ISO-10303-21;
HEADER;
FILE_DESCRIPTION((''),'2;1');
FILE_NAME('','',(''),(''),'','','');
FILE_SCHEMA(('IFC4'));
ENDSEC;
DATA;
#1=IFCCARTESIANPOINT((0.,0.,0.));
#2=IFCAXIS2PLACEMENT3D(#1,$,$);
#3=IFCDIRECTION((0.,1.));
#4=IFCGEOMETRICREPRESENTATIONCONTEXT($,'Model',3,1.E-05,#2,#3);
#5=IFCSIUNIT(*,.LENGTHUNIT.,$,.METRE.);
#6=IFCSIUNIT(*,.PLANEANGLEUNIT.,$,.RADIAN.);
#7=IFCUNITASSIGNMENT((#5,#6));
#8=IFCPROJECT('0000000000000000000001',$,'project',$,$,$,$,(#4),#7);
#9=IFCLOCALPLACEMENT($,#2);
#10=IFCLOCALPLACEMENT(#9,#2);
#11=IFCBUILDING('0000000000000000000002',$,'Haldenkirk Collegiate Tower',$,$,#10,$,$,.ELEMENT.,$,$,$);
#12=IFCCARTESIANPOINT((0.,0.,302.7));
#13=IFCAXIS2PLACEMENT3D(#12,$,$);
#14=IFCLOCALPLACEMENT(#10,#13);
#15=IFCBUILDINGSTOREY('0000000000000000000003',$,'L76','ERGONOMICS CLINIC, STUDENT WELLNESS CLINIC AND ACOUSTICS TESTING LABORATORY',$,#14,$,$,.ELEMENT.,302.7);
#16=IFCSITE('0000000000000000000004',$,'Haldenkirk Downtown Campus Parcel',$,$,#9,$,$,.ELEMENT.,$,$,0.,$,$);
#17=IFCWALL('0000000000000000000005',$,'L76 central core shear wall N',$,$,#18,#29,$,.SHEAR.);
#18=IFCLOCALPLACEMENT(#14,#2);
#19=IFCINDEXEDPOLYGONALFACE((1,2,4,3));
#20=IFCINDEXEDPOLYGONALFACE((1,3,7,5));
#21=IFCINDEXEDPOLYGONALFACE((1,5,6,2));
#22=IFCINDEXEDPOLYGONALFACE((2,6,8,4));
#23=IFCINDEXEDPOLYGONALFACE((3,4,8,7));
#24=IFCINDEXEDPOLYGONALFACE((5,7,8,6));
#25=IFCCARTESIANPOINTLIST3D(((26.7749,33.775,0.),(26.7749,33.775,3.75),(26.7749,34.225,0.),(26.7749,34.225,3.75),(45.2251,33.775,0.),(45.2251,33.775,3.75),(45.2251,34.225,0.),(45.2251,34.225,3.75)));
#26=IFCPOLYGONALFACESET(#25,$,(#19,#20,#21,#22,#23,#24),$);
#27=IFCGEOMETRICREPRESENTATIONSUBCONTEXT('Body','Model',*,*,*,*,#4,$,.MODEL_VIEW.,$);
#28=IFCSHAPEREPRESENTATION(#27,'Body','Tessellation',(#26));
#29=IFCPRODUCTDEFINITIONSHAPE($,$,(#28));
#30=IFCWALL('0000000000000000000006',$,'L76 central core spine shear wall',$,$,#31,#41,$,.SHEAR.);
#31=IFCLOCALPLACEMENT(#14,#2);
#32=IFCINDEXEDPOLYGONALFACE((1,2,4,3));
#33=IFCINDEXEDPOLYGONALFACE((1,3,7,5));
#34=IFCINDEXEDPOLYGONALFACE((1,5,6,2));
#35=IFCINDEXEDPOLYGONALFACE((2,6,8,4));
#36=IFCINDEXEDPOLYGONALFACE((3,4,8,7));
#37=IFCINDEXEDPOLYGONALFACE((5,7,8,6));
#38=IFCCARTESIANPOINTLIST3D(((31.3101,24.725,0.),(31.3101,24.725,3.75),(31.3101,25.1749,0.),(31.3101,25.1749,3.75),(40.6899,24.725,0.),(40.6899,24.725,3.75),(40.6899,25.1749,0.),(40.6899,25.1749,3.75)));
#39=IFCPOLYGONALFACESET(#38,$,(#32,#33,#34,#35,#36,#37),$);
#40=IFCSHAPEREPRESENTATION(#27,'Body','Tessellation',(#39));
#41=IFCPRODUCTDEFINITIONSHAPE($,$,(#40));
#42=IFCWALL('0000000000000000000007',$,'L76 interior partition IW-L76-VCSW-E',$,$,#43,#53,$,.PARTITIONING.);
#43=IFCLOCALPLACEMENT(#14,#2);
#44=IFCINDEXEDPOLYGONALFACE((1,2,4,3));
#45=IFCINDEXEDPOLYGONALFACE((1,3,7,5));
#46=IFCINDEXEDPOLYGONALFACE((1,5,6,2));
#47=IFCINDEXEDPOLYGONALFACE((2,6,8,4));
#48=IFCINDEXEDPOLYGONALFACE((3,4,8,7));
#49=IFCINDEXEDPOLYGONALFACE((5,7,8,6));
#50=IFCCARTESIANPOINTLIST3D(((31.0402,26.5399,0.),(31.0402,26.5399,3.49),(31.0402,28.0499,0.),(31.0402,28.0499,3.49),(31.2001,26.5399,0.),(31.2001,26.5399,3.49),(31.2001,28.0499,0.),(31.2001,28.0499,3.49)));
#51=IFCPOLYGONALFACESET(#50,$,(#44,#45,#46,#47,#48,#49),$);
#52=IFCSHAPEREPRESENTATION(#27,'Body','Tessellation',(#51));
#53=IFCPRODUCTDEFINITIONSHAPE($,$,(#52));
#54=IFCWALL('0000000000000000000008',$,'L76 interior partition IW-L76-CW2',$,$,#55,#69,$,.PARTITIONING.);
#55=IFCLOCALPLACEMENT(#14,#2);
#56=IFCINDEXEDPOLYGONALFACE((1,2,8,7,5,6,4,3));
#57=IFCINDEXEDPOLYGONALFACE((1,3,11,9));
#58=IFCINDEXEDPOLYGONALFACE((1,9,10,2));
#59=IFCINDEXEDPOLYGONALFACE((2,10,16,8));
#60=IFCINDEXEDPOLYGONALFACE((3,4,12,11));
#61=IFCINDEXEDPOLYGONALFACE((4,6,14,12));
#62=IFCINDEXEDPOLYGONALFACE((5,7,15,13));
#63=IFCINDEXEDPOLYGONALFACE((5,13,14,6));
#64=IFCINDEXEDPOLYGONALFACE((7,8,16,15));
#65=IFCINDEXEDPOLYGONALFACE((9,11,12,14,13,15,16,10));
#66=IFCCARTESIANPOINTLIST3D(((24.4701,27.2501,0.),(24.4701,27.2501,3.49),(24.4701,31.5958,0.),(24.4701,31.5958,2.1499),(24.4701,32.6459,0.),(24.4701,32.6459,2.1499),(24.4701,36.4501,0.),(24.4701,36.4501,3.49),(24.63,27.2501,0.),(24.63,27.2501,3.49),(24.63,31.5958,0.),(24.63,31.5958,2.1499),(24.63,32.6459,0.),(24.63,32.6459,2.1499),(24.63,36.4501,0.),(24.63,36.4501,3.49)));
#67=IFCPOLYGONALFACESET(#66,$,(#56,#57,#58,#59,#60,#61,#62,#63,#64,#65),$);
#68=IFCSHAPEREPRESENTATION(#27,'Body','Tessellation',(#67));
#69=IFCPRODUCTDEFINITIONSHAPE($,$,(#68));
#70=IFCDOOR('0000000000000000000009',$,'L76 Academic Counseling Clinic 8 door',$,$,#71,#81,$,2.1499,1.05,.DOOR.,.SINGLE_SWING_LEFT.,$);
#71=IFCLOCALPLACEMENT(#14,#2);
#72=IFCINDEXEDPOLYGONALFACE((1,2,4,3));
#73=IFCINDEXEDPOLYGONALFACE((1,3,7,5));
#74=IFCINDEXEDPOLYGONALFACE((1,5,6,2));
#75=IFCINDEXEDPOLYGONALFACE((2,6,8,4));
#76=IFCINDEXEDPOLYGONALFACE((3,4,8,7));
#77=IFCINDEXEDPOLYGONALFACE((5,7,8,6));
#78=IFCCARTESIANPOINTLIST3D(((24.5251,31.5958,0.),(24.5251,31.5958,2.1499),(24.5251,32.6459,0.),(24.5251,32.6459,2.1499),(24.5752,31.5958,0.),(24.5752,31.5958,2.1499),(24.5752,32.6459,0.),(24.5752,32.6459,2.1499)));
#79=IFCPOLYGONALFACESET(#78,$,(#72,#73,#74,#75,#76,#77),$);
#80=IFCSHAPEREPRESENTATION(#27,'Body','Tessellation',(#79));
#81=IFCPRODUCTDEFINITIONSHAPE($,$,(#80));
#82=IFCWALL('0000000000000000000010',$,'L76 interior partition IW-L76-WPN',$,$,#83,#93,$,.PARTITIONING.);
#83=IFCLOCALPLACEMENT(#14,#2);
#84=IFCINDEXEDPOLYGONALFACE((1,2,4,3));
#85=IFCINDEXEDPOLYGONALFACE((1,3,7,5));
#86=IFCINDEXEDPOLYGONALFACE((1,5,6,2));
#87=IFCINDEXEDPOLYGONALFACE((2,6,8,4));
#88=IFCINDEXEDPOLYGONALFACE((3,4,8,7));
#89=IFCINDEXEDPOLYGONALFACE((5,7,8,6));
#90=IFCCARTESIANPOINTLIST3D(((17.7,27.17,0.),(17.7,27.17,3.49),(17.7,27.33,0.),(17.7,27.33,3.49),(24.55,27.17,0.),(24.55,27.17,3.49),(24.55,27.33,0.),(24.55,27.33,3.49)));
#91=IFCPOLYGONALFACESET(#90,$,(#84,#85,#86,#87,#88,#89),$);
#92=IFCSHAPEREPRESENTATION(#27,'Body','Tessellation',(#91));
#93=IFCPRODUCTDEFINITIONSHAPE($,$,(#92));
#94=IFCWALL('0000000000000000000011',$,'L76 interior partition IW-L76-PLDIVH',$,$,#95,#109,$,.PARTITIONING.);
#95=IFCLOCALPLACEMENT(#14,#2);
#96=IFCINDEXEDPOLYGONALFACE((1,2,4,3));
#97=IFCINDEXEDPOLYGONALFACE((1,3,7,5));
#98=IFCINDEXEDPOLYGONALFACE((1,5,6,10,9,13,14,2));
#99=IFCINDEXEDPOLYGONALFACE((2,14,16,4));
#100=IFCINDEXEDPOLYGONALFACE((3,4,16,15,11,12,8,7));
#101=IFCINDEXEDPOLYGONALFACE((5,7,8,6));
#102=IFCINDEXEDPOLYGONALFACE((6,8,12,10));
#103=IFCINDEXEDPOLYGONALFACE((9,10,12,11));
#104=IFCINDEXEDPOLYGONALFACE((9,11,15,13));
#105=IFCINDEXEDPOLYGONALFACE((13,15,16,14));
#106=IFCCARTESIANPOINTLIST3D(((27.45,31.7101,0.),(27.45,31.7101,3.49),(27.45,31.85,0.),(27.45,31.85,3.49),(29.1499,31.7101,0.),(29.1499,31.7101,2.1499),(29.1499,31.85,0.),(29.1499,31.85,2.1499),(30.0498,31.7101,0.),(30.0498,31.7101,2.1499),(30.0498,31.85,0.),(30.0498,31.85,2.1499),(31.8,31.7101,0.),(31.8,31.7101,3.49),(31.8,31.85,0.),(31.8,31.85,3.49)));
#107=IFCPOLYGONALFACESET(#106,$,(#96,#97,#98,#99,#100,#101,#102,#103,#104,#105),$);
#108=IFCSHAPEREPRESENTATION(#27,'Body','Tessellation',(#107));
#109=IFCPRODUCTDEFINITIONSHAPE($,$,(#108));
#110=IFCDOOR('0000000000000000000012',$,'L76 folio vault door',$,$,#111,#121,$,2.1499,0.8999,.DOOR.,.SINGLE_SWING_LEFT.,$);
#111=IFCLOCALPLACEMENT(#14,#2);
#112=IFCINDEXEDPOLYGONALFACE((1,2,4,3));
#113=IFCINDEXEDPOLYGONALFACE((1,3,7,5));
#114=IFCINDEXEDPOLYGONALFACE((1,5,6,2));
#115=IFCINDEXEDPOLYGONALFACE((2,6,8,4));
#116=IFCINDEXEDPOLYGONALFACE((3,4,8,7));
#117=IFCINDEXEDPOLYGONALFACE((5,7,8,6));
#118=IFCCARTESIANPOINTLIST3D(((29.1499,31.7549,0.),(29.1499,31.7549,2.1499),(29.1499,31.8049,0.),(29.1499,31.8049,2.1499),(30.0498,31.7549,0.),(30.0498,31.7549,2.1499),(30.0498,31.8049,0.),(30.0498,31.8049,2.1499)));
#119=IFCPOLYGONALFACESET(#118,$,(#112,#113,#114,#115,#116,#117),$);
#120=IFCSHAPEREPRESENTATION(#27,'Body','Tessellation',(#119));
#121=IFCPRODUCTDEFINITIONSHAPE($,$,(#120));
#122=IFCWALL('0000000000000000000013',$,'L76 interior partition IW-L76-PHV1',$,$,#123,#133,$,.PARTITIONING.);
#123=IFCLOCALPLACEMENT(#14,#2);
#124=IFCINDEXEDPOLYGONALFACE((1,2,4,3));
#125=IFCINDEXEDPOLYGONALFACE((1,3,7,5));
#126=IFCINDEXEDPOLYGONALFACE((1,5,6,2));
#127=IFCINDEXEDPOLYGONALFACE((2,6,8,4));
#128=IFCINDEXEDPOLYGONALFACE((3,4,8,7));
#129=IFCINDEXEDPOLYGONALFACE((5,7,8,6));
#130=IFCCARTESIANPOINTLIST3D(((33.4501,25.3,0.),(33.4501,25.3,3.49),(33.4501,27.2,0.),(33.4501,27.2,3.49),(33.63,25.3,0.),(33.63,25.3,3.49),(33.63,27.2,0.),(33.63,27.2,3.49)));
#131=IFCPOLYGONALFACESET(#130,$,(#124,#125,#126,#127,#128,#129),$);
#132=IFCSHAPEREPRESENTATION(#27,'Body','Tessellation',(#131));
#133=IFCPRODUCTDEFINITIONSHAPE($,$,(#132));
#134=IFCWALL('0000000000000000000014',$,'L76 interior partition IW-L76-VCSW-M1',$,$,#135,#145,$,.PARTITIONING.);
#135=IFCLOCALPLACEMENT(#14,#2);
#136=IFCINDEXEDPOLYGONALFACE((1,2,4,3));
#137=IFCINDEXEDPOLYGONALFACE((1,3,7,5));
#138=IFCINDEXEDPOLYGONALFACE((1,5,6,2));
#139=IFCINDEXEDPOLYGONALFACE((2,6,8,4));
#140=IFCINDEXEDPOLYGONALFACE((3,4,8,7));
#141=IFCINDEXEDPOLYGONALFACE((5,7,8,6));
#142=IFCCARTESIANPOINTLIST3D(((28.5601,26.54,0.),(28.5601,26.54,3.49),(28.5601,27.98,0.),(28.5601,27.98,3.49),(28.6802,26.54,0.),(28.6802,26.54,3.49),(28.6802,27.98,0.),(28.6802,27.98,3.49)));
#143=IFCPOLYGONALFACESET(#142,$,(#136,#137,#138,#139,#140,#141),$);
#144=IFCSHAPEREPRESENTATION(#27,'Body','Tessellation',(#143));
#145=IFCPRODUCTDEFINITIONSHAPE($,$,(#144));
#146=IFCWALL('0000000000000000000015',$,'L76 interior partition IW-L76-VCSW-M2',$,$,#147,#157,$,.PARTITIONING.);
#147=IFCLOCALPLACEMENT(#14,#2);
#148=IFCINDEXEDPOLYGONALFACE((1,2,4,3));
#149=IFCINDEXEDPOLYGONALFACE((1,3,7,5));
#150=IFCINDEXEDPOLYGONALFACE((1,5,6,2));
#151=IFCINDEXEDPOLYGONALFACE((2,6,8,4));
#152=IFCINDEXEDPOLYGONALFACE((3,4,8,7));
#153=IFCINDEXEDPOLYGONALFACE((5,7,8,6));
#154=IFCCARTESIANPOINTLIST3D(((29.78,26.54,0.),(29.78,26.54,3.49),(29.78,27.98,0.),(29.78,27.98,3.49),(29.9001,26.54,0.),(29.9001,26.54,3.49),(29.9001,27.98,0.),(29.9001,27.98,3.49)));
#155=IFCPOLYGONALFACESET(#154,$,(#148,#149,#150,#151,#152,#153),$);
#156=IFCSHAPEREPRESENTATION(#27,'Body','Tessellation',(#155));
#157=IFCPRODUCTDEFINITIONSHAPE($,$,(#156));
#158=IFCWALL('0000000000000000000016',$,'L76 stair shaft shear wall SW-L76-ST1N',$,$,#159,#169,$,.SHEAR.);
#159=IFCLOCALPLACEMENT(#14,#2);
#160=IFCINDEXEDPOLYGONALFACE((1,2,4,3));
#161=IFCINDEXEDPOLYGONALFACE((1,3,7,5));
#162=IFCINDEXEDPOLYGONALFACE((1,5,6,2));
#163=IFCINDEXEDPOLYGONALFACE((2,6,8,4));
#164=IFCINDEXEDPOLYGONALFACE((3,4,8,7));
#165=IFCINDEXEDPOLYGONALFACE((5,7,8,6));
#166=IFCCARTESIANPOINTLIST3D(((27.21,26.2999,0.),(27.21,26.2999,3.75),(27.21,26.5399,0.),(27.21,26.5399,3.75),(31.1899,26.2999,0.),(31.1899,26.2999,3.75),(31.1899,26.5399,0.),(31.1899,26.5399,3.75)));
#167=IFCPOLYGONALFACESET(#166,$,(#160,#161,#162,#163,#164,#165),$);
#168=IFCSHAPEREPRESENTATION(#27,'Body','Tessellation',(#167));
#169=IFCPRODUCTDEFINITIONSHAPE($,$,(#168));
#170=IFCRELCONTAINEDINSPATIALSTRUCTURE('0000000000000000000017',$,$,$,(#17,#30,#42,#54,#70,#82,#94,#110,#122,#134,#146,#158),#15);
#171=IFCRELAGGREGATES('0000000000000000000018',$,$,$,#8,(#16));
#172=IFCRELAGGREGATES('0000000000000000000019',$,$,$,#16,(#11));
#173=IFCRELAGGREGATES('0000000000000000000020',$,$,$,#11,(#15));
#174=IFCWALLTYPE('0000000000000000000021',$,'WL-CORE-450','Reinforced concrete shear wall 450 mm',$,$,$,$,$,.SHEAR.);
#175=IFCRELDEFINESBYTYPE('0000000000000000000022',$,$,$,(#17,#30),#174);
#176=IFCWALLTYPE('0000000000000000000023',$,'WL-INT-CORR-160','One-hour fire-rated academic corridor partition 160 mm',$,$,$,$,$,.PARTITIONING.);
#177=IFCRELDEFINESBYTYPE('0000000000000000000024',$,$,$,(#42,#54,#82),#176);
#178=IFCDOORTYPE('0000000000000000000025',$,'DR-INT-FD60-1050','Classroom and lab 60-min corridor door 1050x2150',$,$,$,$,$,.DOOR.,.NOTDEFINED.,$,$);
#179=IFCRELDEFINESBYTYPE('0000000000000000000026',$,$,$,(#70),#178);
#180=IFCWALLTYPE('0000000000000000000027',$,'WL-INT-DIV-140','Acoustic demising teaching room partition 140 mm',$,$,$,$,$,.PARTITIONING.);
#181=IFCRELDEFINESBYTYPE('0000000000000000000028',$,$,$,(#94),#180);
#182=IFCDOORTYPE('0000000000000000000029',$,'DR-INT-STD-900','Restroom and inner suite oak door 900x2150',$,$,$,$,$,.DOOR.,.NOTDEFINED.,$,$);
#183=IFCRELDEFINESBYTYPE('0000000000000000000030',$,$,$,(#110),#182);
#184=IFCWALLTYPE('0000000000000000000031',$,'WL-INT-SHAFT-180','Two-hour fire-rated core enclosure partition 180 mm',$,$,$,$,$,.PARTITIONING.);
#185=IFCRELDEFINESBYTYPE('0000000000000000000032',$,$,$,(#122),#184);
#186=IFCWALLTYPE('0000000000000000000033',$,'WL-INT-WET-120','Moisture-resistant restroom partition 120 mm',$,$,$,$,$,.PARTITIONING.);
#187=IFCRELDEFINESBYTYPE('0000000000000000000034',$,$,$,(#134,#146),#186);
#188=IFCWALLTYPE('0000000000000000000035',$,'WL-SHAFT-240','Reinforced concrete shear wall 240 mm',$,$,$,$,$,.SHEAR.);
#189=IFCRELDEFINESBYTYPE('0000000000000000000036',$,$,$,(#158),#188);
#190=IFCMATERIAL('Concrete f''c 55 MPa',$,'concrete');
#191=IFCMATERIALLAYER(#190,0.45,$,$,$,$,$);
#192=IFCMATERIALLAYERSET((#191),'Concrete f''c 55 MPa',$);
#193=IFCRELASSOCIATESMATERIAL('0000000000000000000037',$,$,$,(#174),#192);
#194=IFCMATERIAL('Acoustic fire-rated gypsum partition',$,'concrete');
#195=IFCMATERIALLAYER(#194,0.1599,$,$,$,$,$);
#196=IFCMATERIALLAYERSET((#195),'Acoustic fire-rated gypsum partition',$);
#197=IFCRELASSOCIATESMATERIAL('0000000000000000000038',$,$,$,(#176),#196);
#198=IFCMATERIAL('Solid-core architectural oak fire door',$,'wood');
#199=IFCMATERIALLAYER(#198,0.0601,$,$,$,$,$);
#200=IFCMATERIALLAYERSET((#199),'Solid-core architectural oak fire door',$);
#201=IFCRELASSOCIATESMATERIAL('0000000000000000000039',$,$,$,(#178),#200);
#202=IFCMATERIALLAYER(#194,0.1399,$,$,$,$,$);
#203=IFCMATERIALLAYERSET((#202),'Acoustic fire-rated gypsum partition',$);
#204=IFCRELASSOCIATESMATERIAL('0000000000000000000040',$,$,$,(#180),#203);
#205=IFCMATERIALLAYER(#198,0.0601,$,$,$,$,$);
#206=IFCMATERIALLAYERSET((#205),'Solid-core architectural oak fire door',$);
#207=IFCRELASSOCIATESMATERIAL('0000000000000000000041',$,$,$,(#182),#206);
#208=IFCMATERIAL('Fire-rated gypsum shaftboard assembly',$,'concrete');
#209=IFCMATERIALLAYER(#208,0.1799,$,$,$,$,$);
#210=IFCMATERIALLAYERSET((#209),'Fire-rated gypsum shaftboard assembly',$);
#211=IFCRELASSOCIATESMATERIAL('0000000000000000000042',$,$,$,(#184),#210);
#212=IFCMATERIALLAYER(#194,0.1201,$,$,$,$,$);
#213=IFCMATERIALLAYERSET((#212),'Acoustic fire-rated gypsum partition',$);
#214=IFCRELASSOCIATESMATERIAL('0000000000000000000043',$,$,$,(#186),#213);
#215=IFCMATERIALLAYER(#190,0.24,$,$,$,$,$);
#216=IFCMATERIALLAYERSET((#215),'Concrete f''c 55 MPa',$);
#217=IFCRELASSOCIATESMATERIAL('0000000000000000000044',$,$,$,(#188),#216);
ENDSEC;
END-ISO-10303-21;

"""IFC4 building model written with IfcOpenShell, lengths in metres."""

from ifc_helpers import new_model, si_unit, direction, frame, frame_2d, origin, place, context, subcontext, project, spatial, rectangle, extrude, material, layer, layer_set, type_object, element, fill, save


model = new_model("IFC4")

# Units and contexts
model_context = context("Model", 3, precision=1e-05, world=origin(), true_north=direction((0.0, 1.0)))
body_context = subcontext(model_context, "Body", "Model", "MODEL_VIEW")
ifc_project = project(units=[si_unit("LENGTHUNIT", "METRE"), si_unit("PLANEANGLEUNIT", "RADIAN")], contexts=[model_context])

# Site, building, storey
site_placement = place(None, origin())
site = spatial("IfcSite", under=ifc_project, at=site_placement, Name="Haldenkirk Downtown Campus Parcel", CompositionType="ELEMENT", RefElevation=0.0)
building_placement = place(site_placement, origin())
building = spatial("IfcBuilding", under=site, at=building_placement, Name="Haldenkirk Collegiate Tower", CompositionType="ELEMENT")
storey_placement = place(building_placement, frame((0.0, 0.0, 302.7)))
storey = spatial("IfcBuildingStorey", under=building, at=storey_placement, Name="L76", Description="ERGONOMICS CLINIC, STUDENT WELLNESS CLINIC AND ACOUSTICS TESTING LABORATORY", CompositionType="ELEMENT", Elevation=302.7)

# Walls
ifc_material_1 = material(Name="Concrete f'c 55 MPa", Category="concrete")
ifc_layer_1 = layer(ifc_material_1, 0.45)
ifc_layer_set_1 = layer_set([ifc_layer_1], Name="Concrete f'c 55 MPa")
wall_type_1 = type_object("IfcWallType", Name="WL-CORE-450", Description="Reinforced concrete shear wall 450 mm", PredefinedType="SHEAR", material=ifc_layer_set_1)
wall_1_placement = place(storey_placement, frame((26.7749, 34.0, 0.0), z_axis=(0.0, 0.0, 1.0), x_axis=(1.0, 0.0, 0.0)))
element("IfcWall", 1, at=wall_1_placement, inside=storey, type_object=wall_type_1, Name="L76 central core shear wall N", PredefinedType="SHEAR", context=body_context, shape_type="SweptSolid", body=[
    extrude(rectangle(XDim=18.4502, YDim=0.45, at=frame_2d((9.2251, 0.0))), origin(), (0.0, 0.0, 1.0), 3.75),
])
wall_2_placement = place(storey_placement, frame((31.3101, 24.95, 0.0), z_axis=(0.0, 0.0, 1.0), x_axis=(1.0, 0.0, 0.0)))
element("IfcWall", 2, at=wall_2_placement, inside=storey, type_object=wall_type_1, Name="L76 central core spine shear wall", PredefinedType="SHEAR", context=body_context, shape_type="SweptSolid", body=[
    extrude(rectangle(XDim=9.3799, YDim=0.45, at=frame_2d((4.6899, 0.0))), origin(), (0.0, 0.0, 1.0), 3.75),
])

# Shared definitions
ifc_material_2 = material(Name="Acoustic fire-rated gypsum partition", Category="concrete")
ifc_layer_2 = layer(ifc_material_2, 0.1599)
ifc_layer_set_2 = layer_set([ifc_layer_2], Name="Acoustic fire-rated gypsum partition")
wall_type_2 = type_object("IfcWallType", Name="WL-INT-CORR-160", Description="One-hour fire-rated academic corridor partition 160 mm", PredefinedType="PARTITIONING", material=ifc_layer_set_2)
ifc_material_3 = material(Name="Solid-core architectural oak fire door", Category="wood")

# Wall
wall_3_placement = place(storey_placement, frame((31.1201, 26.54, 0.0), z_axis=(0.0, 0.0, 1.0), x_axis=(0.0, 1.0, 0.0)))
element("IfcWall", 3, at=wall_3_placement, inside=storey, type_object=wall_type_2, Name="L76 interior partition IW-L76-VCSW-E", PredefinedType="PARTITIONING", context=body_context, shape_type="SweptSolid", body=[
    extrude(rectangle(XDim=1.51, YDim=0.1599, at=frame_2d((0.7549, 0.0))), origin(), (0.0, 0.0, 1.0), 3.49),
])

# Wall, opening, door
wall_4_placement = place(storey_placement, frame((24.55, 27.25, 0.0), z_axis=(0.0, 0.0, 1.0), x_axis=(0.0, 1.0, 0.0)))
wall_4 = element("IfcWall", 4, at=wall_4_placement, inside=storey, type_object=wall_type_2, Name="L76 interior partition IW-L76-CW2", PredefinedType="PARTITIONING", context=body_context, shape_type="SweptSolid", body=[
    extrude(rectangle(XDim=9.2, YDim=0.1599, at=frame_2d((4.6001, 0.0))), origin(), (0.0, 0.0, 1.0), 3.49),
])
opening_1_placement = place(wall_4_placement, frame((4.3459, 0.0, 0.0)))
opening_1 = element("IfcOpeningElement", 5, at=opening_1_placement, cuts=wall_4, PredefinedType="OPENING", context=body_context, shape_type="SweptSolid", body=[
    extrude(rectangle(XDim=1.05, YDim=2.1499, at=frame_2d((0.5249, 1.075))), frame((0.0, 0.0898, 0.0), z_axis=(0.0, -1.0, 0.0), x_axis=(1.0, 0.0, 0.0)), (0.0, 0.0, 1.0), 0.1799),
])
ifc_layer_3 = layer(ifc_material_3, 0.0601)
ifc_layer_set_3 = layer_set([ifc_layer_3], Name="Solid-core architectural oak fire door")
door_type_1 = type_object("IfcDoorType", Name="DR-INT-FD60-1050", Description="Classroom and lab 60-min corridor door 1050x2150", OperationType="NOTDEFINED", PredefinedType="DOOR", material=ifc_layer_set_3)
door_1_placement = place(opening_1_placement, origin())
door_1 = element("IfcDoor", 6, at=door_1_placement, inside=storey, type_object=door_type_1, Name="L76 Academic Counseling Clinic 8 door", OperationType="SINGLE_SWING_LEFT", OverallHeight=2.1499, OverallWidth=1.05, PredefinedType="DOOR", context=body_context, shape_type="SweptSolid", body=[
    extrude(rectangle(XDim=1.05, YDim=2.1499, at=frame_2d((0.5249, 1.075))), frame((0.0, 0.0249, 0.0), z_axis=(0.0, -1.0, 0.0), x_axis=(1.0, 0.0, 0.0)), (0.0, 0.0, 1.0), 0.05),
])
fill(opening_1, door_1)

# Wall
wall_5_placement = place(storey_placement, frame((17.7, 27.25, 0.0), z_axis=(0.0, 0.0, 1.0), x_axis=(1.0, 0.0, 0.0)))
element("IfcWall", 7, at=wall_5_placement, inside=storey, type_object=wall_type_2, Name="L76 interior partition IW-L76-WPN", PredefinedType="PARTITIONING", context=body_context, shape_type="SweptSolid", body=[
    extrude(rectangle(XDim=6.8501, YDim=0.1599, at=frame_2d((3.425, 0.0))), origin(), (0.0, 0.0, 1.0), 3.49),
])

# Wall, opening, door
ifc_layer_4 = layer(ifc_material_2, 0.1399)
ifc_layer_set_4 = layer_set([ifc_layer_4], Name="Acoustic fire-rated gypsum partition")
wall_type_3 = type_object("IfcWallType", Name="WL-INT-DIV-140", Description="Acoustic demising teaching room partition 140 mm", PredefinedType="PARTITIONING", material=ifc_layer_set_4)
wall_6_placement = place(storey_placement, frame((27.45, 31.78, 0.0), z_axis=(0.0, 0.0, 1.0), x_axis=(1.0, 0.0, 0.0)))
wall_6 = element("IfcWall", 8, at=wall_6_placement, inside=storey, type_object=wall_type_3, Name="L76 interior partition IW-L76-PLDIVH", PredefinedType="PARTITIONING", context=body_context, shape_type="SweptSolid", body=[
    extrude(rectangle(XDim=4.3501, YDim=0.1399, at=frame_2d((2.175, 0.0))), origin(), (0.0, 0.0, 1.0), 3.49),
])
opening_2_placement = place(wall_6_placement, frame((1.7, 0.0, 0.0)))
opening_2 = element("IfcOpeningElement", 9, at=opening_2_placement, cuts=wall_6, PredefinedType="OPENING", context=body_context, shape_type="SweptSolid", body=[
    extrude(rectangle(XDim=0.8999, YDim=2.1499, at=frame_2d((0.45, 1.075))), frame((0.0, 0.0798, 0.0), z_axis=(0.0, -1.0, 0.0), x_axis=(1.0, 0.0, 0.0)), (0.0, 0.0, 1.0), 0.1599),
])
ifc_layer_5 = layer(ifc_material_3, 0.0601)
ifc_layer_set_5 = layer_set([ifc_layer_5], Name="Solid-core architectural oak fire door")
door_type_2 = type_object("IfcDoorType", Name="DR-INT-STD-900", Description="Restroom and inner suite oak door 900x2150", OperationType="NOTDEFINED", PredefinedType="DOOR", material=ifc_layer_set_5)
door_2_placement = place(opening_2_placement, origin())
door_2 = element("IfcDoor", 10, at=door_2_placement, inside=storey, type_object=door_type_2, Name="L76 folio vault door", OperationType="SINGLE_SWING_LEFT", OverallHeight=2.1499, OverallWidth=0.8999, PredefinedType="DOOR", context=body_context, shape_type="SweptSolid", body=[
    extrude(rectangle(XDim=0.8999, YDim=2.1499, at=frame_2d((0.45, 1.075))), frame((0.0, 0.0249, 0.0), z_axis=(0.0, -1.0, 0.0), x_axis=(1.0, 0.0, 0.0)), (0.0, 0.0, 1.0), 0.05),
])
fill(opening_2, door_2)

# Shared definitions
ifc_material_4 = material(Name="Fire-rated gypsum shaftboard assembly", Category="concrete")
ifc_layer_6 = layer(ifc_material_4, 0.1799)
ifc_layer_set_6 = layer_set([ifc_layer_6], Name="Fire-rated gypsum shaftboard assembly")
wall_type_4 = type_object("IfcWallType", Name="WL-INT-SHAFT-180", Description="Two-hour fire-rated core enclosure partition 180 mm", PredefinedType="PARTITIONING", material=ifc_layer_set_6)

# Walls
wall_7_placement = place(storey_placement, frame((33.54, 25.3, 0.0), z_axis=(0.0, 0.0, 1.0), x_axis=(0.0, 1.0, 0.0)))
element("IfcWall", 11, at=wall_7_placement, inside=storey, type_object=wall_type_4, Name="L76 interior partition IW-L76-PHV1", PredefinedType="PARTITIONING", context=body_context, shape_type="SweptSolid", body=[
    extrude(rectangle(XDim=1.8999, YDim=0.1799, at=frame_2d((0.95, 0.0))), origin(), (0.0, 0.0, 1.0), 3.49),
])
ifc_layer_7 = layer(ifc_material_2, 0.1201)
ifc_layer_set_7 = layer_set([ifc_layer_7], Name="Acoustic fire-rated gypsum partition")
wall_type_5 = type_object("IfcWallType", Name="WL-INT-WET-120", Description="Moisture-resistant restroom partition 120 mm", PredefinedType="PARTITIONING", material=ifc_layer_set_7)
for number, where, z_axis, x_axis, name in (
    (12, (28.6201, 26.54, 0.0), (0.0, 0.0, 1.0), (0.0, 1.0, 0.0), "L76 interior partition IW-L76-VCSW-M1"),
    (13, (29.8401, 26.54, 0.0), (0.0, 0.0, 1.0), (0.0, 1.0, 0.0), "L76 interior partition IW-L76-VCSW-M2"),
):
    element("IfcWall", number, at=place(storey_placement, frame(where, z_axis=z_axis, x_axis=x_axis)), inside=storey, type_object=wall_type_5, Name=name, PredefinedType="PARTITIONING", context=body_context, shape_type="SweptSolid", body=[
        extrude(rectangle(XDim=1.4399, YDim=0.1201, at=frame_2d((0.72, 0.0))), origin(), (0.0, 0.0, 1.0), 3.49),
    ])
ifc_layer_8 = layer(ifc_material_1, 0.24)
ifc_layer_set_8 = layer_set([ifc_layer_8], Name="Concrete f'c 55 MPa")
wall_type_6 = type_object("IfcWallType", Name="WL-SHAFT-240", Description="Reinforced concrete shear wall 240 mm", PredefinedType="SHEAR", material=ifc_layer_set_8)
wall_8_placement = place(storey_placement, frame((27.21, 26.4199, 0.0), z_axis=(0.0, 0.0, 1.0), x_axis=(1.0, 0.0, 0.0)))
element("IfcWall", 14, at=wall_8_placement, inside=storey, type_object=wall_type_6, Name="L76 stair shaft shear wall SW-L76-ST1N", PredefinedType="SHEAR", context=body_context, shape_type="SweptSolid", body=[
    extrude(rectangle(XDim=3.98, YDim=0.24, at=frame_2d((1.99, 0.0))), origin(), (0.0, 0.0, 1.0), 3.75),
])

save(model, "model.ifc")
